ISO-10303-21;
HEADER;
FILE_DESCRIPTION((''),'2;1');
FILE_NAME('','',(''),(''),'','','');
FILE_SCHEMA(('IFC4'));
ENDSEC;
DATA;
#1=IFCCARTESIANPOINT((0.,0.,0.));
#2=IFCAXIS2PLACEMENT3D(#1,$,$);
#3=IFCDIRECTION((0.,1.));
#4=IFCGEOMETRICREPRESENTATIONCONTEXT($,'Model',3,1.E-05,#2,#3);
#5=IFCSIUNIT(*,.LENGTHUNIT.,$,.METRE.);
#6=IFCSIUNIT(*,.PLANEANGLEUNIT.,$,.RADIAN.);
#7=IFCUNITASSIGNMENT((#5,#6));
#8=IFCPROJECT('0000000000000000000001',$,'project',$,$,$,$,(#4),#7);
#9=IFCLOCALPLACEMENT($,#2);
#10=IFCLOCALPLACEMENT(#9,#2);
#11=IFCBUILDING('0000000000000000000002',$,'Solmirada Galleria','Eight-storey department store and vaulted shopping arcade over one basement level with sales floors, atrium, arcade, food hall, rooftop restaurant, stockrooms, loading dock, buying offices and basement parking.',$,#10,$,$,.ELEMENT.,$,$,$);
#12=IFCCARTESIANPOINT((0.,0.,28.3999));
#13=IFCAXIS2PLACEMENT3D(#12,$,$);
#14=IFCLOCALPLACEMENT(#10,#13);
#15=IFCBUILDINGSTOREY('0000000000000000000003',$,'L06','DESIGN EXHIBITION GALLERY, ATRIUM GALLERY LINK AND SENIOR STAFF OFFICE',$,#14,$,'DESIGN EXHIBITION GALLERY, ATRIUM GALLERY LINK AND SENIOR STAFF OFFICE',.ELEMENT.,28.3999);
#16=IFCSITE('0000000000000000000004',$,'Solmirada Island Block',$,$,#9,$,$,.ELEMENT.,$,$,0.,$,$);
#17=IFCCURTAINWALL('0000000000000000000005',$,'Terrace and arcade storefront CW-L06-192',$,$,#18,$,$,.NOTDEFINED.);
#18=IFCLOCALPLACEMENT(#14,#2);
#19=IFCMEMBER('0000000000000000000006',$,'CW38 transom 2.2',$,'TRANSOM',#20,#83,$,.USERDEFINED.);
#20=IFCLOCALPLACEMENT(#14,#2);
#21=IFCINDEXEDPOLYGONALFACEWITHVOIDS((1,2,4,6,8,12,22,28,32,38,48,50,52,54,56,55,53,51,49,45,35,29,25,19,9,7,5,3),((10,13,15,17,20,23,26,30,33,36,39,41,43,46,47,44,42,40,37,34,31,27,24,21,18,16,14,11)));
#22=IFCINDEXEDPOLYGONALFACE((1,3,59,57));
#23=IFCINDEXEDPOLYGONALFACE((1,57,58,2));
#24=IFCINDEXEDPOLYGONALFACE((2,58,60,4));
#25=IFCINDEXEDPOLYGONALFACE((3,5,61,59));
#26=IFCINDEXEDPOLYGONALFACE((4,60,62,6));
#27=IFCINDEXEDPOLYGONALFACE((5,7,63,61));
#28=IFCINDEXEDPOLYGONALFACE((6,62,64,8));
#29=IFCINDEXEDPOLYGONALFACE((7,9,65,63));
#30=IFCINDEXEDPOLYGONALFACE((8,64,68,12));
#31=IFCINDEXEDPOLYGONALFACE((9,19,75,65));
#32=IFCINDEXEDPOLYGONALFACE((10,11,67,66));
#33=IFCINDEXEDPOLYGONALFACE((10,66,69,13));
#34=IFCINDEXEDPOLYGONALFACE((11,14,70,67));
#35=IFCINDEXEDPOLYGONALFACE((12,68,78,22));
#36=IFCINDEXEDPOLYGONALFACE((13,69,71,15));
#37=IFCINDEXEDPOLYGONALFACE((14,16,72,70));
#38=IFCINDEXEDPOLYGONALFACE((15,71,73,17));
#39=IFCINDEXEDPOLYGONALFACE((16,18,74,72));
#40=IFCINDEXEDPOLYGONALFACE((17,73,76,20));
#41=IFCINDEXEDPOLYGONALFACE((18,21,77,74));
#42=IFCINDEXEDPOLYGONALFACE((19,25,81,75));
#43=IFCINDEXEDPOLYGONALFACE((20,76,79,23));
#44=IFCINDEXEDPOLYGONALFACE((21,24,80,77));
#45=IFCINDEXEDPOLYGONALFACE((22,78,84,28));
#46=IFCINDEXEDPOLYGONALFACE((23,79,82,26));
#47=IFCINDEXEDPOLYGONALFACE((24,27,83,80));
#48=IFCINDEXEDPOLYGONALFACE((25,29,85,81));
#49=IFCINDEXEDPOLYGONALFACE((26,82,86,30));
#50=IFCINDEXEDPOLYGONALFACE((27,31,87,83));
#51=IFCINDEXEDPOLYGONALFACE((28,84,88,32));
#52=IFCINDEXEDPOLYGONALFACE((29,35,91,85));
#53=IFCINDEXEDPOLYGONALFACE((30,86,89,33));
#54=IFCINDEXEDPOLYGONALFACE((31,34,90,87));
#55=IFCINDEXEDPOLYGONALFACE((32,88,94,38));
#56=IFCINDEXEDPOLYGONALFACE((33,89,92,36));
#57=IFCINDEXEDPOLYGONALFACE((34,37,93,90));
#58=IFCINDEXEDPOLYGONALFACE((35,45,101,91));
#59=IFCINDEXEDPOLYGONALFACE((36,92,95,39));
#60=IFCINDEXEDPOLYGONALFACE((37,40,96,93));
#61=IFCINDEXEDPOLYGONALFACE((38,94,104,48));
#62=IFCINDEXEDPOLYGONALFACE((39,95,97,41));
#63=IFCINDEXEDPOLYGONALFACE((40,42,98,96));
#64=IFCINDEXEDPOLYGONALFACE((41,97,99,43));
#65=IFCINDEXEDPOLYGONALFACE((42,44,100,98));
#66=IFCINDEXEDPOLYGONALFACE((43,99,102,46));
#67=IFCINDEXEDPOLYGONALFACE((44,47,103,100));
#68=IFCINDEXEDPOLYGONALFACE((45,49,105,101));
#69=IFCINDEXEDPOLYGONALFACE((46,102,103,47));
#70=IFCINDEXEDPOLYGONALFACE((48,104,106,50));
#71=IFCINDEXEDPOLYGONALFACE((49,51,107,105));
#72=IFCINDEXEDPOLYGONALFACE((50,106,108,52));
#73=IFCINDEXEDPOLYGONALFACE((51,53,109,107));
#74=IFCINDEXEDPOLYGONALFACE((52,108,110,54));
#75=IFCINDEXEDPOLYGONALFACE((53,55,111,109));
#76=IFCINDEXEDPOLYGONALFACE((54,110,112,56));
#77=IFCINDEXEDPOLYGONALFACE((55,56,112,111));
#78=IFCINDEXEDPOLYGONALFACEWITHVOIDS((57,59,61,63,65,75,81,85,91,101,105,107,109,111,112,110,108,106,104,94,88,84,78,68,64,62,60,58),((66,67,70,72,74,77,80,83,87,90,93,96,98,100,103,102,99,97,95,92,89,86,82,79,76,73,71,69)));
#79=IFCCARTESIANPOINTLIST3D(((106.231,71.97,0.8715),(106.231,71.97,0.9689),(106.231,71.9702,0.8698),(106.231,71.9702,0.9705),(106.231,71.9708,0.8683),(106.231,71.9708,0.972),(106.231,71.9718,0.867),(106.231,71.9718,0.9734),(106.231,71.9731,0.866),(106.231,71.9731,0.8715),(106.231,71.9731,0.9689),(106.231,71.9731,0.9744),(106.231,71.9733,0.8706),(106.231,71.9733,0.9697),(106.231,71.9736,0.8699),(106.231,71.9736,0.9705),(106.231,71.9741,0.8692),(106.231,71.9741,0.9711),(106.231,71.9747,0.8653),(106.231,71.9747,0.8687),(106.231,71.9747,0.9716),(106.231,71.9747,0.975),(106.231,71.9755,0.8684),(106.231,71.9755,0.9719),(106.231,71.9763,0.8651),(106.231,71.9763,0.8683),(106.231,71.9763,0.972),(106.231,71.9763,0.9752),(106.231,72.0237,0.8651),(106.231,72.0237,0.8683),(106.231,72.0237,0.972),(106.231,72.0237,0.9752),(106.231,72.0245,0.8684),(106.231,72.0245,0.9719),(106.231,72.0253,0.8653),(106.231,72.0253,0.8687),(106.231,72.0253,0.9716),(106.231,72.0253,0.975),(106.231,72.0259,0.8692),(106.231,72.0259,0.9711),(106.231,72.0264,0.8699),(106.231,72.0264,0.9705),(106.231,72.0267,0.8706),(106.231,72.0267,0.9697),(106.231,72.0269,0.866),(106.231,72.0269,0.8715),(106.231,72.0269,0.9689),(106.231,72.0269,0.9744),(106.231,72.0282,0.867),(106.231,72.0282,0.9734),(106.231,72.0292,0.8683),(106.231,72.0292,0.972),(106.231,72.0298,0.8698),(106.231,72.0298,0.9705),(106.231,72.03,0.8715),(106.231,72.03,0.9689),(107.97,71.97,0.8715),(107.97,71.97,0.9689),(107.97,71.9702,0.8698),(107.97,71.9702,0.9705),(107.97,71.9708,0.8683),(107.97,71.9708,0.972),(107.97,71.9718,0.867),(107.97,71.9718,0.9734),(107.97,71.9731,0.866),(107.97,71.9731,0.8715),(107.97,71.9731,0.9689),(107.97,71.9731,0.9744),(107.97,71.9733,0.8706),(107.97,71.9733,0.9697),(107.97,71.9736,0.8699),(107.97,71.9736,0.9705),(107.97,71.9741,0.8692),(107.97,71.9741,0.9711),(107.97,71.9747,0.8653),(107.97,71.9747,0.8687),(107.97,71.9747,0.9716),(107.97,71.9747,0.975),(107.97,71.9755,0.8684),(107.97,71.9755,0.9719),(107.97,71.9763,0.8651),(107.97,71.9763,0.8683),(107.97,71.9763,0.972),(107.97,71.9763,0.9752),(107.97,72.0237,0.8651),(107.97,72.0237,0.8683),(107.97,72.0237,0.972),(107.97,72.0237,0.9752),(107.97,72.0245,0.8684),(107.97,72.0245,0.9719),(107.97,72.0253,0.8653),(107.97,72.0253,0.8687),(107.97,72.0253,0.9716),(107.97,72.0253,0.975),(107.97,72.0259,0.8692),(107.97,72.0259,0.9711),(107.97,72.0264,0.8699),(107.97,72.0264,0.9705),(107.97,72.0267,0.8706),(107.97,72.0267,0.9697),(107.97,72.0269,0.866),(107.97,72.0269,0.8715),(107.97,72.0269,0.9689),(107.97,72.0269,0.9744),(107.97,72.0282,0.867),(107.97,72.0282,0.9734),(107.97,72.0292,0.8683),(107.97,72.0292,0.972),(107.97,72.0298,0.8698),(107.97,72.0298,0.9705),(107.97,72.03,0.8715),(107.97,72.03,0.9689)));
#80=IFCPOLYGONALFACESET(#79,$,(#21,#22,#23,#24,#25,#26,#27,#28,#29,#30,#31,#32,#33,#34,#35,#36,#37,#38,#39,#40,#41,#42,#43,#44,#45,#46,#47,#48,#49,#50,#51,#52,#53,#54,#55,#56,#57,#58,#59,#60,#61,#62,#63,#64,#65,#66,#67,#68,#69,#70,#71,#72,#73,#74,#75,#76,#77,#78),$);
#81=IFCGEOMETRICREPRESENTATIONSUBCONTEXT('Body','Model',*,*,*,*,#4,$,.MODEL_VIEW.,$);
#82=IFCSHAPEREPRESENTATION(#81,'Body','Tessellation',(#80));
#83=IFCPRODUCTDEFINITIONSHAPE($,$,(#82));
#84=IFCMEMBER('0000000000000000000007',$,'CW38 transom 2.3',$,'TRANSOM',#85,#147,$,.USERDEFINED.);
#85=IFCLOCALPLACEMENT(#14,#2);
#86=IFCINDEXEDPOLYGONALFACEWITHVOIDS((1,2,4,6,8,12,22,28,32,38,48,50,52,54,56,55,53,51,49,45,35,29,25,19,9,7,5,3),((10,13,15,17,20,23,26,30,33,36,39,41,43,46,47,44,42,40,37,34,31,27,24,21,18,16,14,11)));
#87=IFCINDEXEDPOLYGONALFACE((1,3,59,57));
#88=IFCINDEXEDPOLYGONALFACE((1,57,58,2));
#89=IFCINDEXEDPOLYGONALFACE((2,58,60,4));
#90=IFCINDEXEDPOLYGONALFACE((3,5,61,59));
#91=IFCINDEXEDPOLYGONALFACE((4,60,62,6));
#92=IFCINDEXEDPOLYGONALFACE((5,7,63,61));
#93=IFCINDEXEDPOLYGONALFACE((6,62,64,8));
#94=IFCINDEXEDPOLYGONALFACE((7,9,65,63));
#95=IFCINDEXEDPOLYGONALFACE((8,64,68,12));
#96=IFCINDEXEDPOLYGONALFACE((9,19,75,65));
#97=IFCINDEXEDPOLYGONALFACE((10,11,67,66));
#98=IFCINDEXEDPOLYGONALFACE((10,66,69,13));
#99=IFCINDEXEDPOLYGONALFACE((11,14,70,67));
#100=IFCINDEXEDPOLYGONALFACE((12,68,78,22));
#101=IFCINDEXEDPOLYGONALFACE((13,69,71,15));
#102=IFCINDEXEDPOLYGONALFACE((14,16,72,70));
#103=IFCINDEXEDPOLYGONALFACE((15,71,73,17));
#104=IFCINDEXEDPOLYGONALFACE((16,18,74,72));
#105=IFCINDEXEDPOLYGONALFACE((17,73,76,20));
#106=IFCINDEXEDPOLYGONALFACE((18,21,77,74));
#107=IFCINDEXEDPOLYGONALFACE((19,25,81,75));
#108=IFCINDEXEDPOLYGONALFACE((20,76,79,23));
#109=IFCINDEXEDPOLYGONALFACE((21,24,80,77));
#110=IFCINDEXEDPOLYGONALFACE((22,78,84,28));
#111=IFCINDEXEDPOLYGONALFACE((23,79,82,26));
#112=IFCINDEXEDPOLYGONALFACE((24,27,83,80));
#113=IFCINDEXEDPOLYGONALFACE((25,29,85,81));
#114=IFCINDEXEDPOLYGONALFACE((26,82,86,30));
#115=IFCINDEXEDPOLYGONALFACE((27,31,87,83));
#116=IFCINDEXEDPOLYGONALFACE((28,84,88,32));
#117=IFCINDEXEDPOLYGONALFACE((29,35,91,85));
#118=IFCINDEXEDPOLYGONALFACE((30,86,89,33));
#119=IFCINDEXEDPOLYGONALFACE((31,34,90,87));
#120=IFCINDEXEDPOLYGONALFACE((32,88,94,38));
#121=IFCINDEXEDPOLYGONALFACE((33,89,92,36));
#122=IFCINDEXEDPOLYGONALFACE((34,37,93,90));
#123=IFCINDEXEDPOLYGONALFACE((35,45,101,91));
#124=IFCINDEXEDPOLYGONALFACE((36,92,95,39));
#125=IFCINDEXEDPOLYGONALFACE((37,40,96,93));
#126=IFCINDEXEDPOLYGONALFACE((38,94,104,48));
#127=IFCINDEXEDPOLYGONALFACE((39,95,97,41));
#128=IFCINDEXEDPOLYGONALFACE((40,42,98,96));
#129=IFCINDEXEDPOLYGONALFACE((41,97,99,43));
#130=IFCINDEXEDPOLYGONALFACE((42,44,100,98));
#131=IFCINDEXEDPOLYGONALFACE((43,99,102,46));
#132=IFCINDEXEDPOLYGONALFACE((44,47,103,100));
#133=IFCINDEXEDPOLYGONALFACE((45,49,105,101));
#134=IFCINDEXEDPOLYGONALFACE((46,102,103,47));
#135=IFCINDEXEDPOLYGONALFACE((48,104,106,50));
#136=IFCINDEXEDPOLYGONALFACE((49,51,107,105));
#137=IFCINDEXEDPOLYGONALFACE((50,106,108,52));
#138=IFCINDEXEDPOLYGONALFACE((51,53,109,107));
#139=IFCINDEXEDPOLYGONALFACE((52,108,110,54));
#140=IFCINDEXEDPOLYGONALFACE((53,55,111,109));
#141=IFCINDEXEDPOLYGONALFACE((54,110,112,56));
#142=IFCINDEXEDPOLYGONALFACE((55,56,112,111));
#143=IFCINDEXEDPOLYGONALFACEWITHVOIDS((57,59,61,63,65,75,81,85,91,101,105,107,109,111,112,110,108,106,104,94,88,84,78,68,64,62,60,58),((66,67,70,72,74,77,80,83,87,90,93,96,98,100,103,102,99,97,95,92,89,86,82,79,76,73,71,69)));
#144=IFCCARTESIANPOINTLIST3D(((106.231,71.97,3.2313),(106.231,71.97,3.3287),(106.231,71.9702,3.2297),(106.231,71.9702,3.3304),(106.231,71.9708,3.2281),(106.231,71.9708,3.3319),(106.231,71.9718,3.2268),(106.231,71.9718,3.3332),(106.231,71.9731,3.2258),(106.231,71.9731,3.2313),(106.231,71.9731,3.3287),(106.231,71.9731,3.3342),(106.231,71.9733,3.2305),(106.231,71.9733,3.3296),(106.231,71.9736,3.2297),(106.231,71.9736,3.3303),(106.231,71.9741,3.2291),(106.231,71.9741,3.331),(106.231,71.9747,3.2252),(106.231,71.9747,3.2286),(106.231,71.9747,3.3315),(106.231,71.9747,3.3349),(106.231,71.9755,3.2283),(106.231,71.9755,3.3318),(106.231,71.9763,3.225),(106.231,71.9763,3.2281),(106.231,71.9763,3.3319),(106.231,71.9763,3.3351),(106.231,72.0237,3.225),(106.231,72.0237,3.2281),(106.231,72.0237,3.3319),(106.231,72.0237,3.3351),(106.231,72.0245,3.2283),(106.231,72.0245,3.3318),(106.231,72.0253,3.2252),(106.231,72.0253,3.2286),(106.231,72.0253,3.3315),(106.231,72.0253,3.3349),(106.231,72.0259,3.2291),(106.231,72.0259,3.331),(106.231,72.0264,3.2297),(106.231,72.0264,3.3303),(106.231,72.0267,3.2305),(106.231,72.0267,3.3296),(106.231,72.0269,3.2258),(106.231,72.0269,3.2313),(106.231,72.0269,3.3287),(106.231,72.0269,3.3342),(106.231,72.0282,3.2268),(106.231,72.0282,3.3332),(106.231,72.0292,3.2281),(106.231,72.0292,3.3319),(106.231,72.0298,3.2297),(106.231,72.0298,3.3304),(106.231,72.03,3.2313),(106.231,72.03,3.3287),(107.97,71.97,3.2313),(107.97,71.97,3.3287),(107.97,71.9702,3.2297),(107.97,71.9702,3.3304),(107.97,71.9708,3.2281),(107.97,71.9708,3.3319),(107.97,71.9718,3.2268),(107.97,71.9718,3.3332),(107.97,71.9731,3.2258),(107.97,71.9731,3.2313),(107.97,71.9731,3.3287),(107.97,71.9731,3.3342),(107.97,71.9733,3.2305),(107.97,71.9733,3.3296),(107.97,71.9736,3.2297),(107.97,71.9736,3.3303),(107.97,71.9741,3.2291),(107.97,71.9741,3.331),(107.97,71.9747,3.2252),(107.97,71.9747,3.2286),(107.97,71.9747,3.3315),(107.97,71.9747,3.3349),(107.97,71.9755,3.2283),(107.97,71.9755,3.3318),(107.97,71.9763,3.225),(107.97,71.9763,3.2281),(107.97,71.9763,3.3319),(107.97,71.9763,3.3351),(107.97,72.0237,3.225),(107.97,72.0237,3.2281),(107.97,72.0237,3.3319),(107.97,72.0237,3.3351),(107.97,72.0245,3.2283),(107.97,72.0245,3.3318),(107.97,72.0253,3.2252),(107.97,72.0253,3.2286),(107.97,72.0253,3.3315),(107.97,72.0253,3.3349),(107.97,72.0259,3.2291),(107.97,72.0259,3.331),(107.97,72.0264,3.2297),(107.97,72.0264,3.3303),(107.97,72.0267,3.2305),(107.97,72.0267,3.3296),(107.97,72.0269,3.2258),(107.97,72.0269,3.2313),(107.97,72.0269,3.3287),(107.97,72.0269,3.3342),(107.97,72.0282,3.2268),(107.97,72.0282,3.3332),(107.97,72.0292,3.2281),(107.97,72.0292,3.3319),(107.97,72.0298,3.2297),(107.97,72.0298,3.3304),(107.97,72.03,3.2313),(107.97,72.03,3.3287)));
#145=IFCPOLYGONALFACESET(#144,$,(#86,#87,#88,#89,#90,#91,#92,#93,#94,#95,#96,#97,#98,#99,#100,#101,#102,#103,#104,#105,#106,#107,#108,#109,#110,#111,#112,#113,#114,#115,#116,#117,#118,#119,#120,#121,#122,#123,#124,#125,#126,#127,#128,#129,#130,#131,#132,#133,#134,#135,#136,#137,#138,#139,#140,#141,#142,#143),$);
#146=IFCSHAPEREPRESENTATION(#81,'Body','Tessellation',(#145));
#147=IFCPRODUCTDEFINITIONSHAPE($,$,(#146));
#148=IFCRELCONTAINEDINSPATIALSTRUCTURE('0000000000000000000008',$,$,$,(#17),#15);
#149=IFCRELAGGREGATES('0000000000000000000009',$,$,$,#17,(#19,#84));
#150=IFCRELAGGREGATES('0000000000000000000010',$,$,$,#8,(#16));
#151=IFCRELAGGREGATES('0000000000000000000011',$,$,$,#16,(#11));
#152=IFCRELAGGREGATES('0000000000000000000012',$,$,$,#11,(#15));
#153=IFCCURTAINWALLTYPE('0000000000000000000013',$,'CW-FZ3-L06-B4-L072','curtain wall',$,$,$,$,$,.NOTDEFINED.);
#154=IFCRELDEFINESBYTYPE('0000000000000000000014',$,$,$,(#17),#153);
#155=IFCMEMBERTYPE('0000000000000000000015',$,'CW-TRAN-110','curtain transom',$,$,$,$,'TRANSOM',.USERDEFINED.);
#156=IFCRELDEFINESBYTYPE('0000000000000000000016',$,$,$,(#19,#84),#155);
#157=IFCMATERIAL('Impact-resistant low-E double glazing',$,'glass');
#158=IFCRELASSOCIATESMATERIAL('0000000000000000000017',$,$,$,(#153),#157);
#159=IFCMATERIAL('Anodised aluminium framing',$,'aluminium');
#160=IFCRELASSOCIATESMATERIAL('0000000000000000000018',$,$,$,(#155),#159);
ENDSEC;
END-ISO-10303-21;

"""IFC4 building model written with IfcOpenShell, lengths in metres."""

from ifc_helpers import new_model, si_unit, direction, frame, origin, origin_2d, place, context, subcontext, project, spatial, hollow_rectangle, extrude, material, material_profile, profile_set, type_object, element, aggregate, save


model = new_model("IFC4")

# Units and contexts
model_context = context("Model", 3, precision=1e-05, world=origin(), true_north=direction((0.0, 1.0)))
body_context = subcontext(model_context, "Body", "Model", "MODEL_VIEW")
ifc_project = project(units=[si_unit("LENGTHUNIT", "METRE"), si_unit("PLANEANGLEUNIT", "RADIAN")], contexts=[model_context])

# Site, building, storey
site_placement = place(None, origin())
site = spatial("IfcSite", under=ifc_project, at=site_placement, Name="Solmirada Island Block", CompositionType="ELEMENT", RefElevation=0.0)
building_placement = place(site_placement, origin())
building = spatial("IfcBuilding", under=site, at=building_placement, Name="Solmirada Galleria", Description="Eight-storey department store and vaulted shopping arcade over one basement level with sales floors, atrium, arcade, food hall, rooftop restaurant, stockrooms, loading dock, buying offices and basement parking.", CompositionType="ELEMENT")
storey_placement = place(building_placement, frame((0.0, 0.0, 28.3999)))
storey = spatial("IfcBuildingStorey", under=building, at=storey_placement, Name="L06", Description="DESIGN EXHIBITION GALLERY, ATRIUM GALLERY LINK AND SENIOR STAFF OFFICE", LongName="DESIGN EXHIBITION GALLERY, ATRIUM GALLERY LINK AND SENIOR STAFF OFFICE", CompositionType="ELEMENT", Elevation=28.3999)

# Curtain wall
ifc_material_1 = material(Name="Impact-resistant low-E double glazing", Category="glass")
curtain_wall_type = type_object("IfcCurtainWallType", Name="CW-FZ3-L06-B4-L072", Description="curtain wall", PredefinedType="NOTDEFINED", material=ifc_material_1)
ifc_material_2 = material(Name="Anodised aluminium framing", Category="aluminium")
curtain_wall_1_placement = place(storey_placement, origin())
curtain_wall_1 = element("IfcCurtainWall", 1, at=curtain_wall_1_placement, inside=storey, type_object=curtain_wall_type, Name="Terrace and arcade storefront CW-L06-192", PredefinedType="NOTDEFINED")

# Members
ifc_material_profile_1 = material_profile(ifc_material_2, hollow_rectangle(XDim=0.0601, YDim=0.1101, WallThickness=0.0032, InnerFilletRadius=0.0032, OuterFilletRadius=0.0063, at=origin_2d()), Name="ALU-TRAN-110X60")
ifc_profile_set_1 = profile_set([ifc_material_profile_1], Name="Anodised aluminium framing")
member_type_1 = type_object("IfcMemberType", Name="CW-TRAN-110", Description="curtain transom", ElementType="TRANSOM", PredefinedType="USERDEFINED", material=ifc_profile_set_1)
member_1_placement = place(storey_placement, frame((106.231, 72.0, 0.9202), z_axis=(1.0, 0.0, 0.0), x_axis=(0.0, 1.0, 0.0)))
member_1 = element("IfcMember", 2, at=member_1_placement, type_object=member_type_1, Name="CW38 transom 2.2", ObjectType="TRANSOM", PredefinedType="USERDEFINED", context=body_context, shape_type="SweptSolid", body=[
    extrude(hollow_rectangle(XDim=0.0601, YDim=0.1101, WallThickness=0.0032, InnerFilletRadius=0.0032, OuterFilletRadius=0.0063, at=origin_2d()), origin(), (0.0, 0.0, 1.0), 1.739),
])
member_2_placement = place(storey_placement, frame((106.231, 72.0, 3.28), z_axis=(1.0, 0.0, 0.0), x_axis=(0.0, 1.0, 0.0)))
member_2 = element("IfcMember", 3, at=member_2_placement, type_object=member_type_1, Name="CW38 transom 2.3", ObjectType="TRANSOM", PredefinedType="USERDEFINED", context=body_context, shape_type="SweptSolid", body=[
    extrude(hollow_rectangle(XDim=0.0601, YDim=0.1101, WallThickness=0.0032, InnerFilletRadius=0.0032, OuterFilletRadius=0.0063, at=origin_2d()), origin(), (0.0, 0.0, 1.0), 1.739),
])

aggregate(curtain_wall_1, [member_1, member_2])

save(model, "model.ifc")
